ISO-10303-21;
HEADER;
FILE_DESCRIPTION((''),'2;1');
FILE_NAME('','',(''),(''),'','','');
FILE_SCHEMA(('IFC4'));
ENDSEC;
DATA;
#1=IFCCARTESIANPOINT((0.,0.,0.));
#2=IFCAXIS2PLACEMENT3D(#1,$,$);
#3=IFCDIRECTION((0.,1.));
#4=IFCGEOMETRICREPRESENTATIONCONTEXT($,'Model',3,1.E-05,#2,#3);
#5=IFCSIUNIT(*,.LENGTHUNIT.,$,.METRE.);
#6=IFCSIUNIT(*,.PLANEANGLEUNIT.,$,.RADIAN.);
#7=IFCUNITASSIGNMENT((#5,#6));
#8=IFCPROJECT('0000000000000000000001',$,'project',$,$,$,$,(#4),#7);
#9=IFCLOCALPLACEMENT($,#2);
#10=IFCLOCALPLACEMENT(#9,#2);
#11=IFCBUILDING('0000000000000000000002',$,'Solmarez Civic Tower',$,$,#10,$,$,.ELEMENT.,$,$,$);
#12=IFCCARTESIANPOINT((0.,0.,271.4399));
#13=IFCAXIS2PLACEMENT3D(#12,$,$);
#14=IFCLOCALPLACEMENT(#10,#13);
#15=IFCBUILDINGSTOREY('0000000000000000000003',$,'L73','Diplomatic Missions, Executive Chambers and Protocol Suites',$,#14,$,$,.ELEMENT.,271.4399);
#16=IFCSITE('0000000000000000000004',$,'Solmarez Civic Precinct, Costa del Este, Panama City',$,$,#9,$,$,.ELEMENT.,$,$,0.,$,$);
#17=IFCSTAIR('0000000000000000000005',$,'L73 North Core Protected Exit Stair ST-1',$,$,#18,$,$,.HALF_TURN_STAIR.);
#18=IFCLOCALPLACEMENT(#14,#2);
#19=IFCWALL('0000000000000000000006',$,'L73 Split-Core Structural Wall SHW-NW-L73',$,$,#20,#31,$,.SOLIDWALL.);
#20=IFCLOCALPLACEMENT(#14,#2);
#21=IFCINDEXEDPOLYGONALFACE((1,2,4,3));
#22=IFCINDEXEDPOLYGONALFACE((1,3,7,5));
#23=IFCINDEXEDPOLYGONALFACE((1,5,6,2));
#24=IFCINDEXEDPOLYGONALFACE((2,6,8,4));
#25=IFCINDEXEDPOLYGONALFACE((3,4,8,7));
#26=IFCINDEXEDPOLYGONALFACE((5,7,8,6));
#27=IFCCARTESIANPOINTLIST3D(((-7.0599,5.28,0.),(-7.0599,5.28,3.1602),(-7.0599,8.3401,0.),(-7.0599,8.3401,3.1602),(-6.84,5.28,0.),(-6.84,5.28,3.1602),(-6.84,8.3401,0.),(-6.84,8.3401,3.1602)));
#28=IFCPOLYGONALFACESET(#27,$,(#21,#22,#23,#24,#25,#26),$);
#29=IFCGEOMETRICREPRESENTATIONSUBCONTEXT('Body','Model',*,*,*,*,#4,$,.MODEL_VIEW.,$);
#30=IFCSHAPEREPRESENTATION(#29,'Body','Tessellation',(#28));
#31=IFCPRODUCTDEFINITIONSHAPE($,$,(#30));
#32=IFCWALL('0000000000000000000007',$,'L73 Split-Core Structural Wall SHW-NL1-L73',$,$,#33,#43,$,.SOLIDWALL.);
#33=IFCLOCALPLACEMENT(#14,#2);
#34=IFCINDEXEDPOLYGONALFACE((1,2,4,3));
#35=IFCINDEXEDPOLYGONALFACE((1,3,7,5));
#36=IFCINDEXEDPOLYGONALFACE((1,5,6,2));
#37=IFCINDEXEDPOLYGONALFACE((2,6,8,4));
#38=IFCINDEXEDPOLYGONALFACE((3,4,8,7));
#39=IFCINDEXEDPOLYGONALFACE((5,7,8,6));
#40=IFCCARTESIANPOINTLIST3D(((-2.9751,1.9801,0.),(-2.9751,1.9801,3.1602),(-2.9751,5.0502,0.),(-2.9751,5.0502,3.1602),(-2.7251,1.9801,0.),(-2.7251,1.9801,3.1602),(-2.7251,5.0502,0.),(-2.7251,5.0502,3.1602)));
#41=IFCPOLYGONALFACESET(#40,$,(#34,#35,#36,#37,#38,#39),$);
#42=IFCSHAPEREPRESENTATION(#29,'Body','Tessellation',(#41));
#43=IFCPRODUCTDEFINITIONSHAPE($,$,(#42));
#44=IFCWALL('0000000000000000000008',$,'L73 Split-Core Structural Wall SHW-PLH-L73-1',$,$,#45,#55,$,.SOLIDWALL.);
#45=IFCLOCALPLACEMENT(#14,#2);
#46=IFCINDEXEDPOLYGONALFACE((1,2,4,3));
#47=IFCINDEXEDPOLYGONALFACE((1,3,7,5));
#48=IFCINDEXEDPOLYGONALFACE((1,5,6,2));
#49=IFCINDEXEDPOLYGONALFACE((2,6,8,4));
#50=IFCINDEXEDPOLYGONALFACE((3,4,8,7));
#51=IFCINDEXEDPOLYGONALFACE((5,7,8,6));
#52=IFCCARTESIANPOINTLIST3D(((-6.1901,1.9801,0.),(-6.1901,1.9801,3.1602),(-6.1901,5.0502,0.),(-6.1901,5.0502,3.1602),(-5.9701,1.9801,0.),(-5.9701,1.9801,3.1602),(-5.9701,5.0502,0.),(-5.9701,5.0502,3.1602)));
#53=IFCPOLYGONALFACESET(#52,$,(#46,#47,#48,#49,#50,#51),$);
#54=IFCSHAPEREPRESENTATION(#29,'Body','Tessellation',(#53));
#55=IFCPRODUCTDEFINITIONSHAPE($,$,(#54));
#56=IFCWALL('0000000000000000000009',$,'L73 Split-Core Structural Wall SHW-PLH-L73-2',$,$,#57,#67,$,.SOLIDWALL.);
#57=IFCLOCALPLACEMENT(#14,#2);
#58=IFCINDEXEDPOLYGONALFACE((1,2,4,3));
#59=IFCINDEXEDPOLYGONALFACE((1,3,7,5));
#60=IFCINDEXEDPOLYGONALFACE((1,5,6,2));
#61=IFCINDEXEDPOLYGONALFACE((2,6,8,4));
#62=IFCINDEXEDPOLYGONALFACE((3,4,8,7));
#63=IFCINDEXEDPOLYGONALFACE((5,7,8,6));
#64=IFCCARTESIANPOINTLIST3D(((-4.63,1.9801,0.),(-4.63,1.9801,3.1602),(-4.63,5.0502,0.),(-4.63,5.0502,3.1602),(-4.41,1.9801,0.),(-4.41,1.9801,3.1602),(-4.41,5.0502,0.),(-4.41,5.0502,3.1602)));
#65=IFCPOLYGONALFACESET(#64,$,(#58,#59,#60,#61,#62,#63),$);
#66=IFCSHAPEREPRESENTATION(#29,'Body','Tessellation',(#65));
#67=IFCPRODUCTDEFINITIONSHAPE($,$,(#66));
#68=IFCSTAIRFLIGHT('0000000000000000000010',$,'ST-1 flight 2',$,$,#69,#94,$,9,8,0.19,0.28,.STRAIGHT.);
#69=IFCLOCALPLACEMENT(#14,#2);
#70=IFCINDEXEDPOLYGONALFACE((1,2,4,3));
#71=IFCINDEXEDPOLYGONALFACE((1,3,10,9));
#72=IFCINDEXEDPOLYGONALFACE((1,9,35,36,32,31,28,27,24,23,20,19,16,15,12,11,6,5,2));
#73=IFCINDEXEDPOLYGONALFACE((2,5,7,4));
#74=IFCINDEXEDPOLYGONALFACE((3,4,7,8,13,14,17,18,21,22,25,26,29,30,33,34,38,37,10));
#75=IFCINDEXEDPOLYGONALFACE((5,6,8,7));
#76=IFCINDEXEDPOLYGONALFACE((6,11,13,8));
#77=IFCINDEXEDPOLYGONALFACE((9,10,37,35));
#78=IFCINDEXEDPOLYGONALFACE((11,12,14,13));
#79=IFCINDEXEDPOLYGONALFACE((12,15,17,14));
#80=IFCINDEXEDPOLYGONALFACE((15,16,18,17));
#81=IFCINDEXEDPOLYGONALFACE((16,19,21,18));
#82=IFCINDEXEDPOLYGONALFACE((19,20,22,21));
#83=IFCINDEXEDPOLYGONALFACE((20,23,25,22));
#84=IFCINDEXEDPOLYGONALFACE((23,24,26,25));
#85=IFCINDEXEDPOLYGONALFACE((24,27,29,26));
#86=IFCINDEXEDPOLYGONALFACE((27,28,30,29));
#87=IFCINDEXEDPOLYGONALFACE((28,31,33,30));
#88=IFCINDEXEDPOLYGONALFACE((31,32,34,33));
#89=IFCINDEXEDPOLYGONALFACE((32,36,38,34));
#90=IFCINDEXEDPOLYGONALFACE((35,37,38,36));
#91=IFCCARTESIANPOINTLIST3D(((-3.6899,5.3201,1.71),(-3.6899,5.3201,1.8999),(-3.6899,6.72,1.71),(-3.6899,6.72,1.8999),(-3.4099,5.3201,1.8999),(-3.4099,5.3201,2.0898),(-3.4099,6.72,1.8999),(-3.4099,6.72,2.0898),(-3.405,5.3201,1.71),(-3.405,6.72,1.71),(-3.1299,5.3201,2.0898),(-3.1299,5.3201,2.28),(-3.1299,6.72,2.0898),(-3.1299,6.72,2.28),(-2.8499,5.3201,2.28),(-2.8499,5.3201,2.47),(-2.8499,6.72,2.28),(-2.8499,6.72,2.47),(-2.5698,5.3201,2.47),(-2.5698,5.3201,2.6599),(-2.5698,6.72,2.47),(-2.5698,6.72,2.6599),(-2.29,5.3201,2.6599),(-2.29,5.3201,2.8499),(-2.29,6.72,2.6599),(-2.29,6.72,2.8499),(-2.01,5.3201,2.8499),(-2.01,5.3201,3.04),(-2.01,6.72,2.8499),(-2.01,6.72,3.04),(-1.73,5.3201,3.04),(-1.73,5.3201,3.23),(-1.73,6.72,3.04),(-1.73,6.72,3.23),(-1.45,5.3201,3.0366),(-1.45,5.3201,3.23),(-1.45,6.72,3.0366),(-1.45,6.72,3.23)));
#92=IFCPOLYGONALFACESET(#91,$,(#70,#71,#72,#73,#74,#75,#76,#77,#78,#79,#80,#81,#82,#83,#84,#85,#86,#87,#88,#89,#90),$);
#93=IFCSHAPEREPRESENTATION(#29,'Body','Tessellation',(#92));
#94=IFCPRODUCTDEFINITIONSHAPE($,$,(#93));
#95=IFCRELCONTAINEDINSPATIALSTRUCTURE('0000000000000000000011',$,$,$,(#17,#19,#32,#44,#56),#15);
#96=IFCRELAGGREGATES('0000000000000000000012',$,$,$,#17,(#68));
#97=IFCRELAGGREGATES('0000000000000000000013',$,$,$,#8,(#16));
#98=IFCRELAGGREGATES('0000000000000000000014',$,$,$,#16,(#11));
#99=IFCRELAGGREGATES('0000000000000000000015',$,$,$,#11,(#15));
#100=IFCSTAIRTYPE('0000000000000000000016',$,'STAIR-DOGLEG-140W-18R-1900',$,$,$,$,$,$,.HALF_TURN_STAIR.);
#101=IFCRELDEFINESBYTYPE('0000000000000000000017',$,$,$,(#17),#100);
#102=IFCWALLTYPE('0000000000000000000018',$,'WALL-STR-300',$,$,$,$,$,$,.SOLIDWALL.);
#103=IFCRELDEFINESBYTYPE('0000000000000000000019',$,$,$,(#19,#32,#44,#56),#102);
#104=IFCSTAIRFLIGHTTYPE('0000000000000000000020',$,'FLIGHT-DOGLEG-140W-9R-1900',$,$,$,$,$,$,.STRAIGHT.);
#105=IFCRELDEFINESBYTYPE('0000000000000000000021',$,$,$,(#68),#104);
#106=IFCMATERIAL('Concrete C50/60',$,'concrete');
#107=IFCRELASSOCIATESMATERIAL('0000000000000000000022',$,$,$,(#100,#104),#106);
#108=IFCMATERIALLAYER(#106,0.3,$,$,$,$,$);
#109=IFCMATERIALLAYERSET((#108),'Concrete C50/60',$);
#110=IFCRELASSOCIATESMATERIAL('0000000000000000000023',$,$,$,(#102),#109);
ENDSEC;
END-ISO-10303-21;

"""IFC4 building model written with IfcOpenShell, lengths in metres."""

from ifc_helpers import new_model, si_unit, direction, frame, frame_2d, origin, place, context, subcontext, project, spatial, polyline, rectangle, outline, extrude, material, layer, layer_set, type_object, element, aggregate, save


model = new_model("IFC4")

# Units and contexts
model_context = context("Model", 3, precision=1e-05, world=origin(), true_north=direction((0.0, 1.0)))
body_context = subcontext(model_context, "Body", "Model", "MODEL_VIEW")
ifc_project = project(units=[si_unit("LENGTHUNIT", "METRE"), si_unit("PLANEANGLEUNIT", "RADIAN")], contexts=[model_context])

# Site, building, storey
site_placement = place(None, origin())
site = spatial("IfcSite", under=ifc_project, at=site_placement, Name="Solmarez Civic Precinct, Costa del Este, Panama City", CompositionType="ELEMENT", RefElevation=0.0)
building_placement = place(site_placement, origin())
building = spatial("IfcBuilding", under=site, at=building_placement, Name="Solmarez Civic Tower", CompositionType="ELEMENT")
storey_placement = place(building_placement, frame((0.0, 0.0, 271.4399)))
storey = spatial("IfcBuildingStorey", under=building, at=storey_placement, Name="L73", Description="Diplomatic Missions, Executive Chambers and Protocol Suites", CompositionType="ELEMENT", Elevation=271.4399)

# Shared definitions
ifc_material_1 = material(Name="Concrete C50/60", Category="concrete")

# Stair
stair_type = type_object("IfcStairType", Name="STAIR-DOGLEG-140W-18R-1900", PredefinedType="HALF_TURN_STAIR", material=ifc_material_1)
stair_1_placement = place(storey_placement, origin())
stair_1 = element("IfcStair", 1, at=stair_1_placement, inside=storey, type_object=stair_type, Name="L73 North Core Protected Exit Stair ST-1", PredefinedType="HALF_TURN_STAIR")

# Walls
ifc_layer_1 = layer(ifc_material_1, 0.3)
ifc_layer_set_1 = layer_set([ifc_layer_1], Name="Concrete C50/60")
wall_type_1 = type_object("IfcWallType", Name="WALL-STR-300", PredefinedType="SOLIDWALL", material=ifc_layer_set_1)
wall_1_placement = place(storey_placement, frame((-6.95, 5.28, 0.0), z_axis=(0.0, 0.0, 1.0), x_axis=(0.0, 1.0, 0.0)))
element("IfcWall", 2, at=wall_1_placement, inside=storey, type_object=wall_type_1, Name="L73 Split-Core Structural Wall SHW-NW-L73", PredefinedType="SOLIDWALL", context=body_context, shape_type="SweptSolid", body=[
    extrude(rectangle(XDim=3.0601, YDim=0.22, at=frame_2d((1.53, 0.0))), origin(), (0.0, 0.0, 1.0), 3.1602),
])
wall_2_placement = place(storey_placement, frame((-2.8501, 1.98, 0.0), z_axis=(0.0, 0.0, 1.0), x_axis=(0.0, 1.0, 0.0)))
element("IfcWall", 3, at=wall_2_placement, inside=storey, type_object=wall_type_1, Name="L73 Split-Core Structural Wall SHW-NL1-L73", PredefinedType="SOLIDWALL", context=body_context, shape_type="SweptSolid", body=[
    extrude(rectangle(XDim=3.0701, YDim=0.25, at=frame_2d((1.5352, 0.0))), origin(), (0.0, 0.0, 1.0), 3.1602),
])
for number, where, z_axis, x_axis, name in (
    (4, (-6.0801, 1.98, 0.0), (0.0, 0.0, 1.0), (0.0, 1.0, 0.0), "L73 Split-Core Structural Wall SHW-PLH-L73-1"),
    (5, (-4.52, 1.98, 0.0), (0.0, 0.0, 1.0), (0.0, 1.0, 0.0), "L73 Split-Core Structural Wall SHW-PLH-L73-2"),
):
    element("IfcWall", number, at=place(storey_placement, frame(where, z_axis=z_axis, x_axis=x_axis)), inside=storey, type_object=wall_type_1, Name=name, PredefinedType="SOLIDWALL", context=body_context, shape_type="SweptSolid", body=[
        extrude(rectangle(XDim=3.0701, YDim=0.22, at=frame_2d((1.5352, 0.0))), origin(), (0.0, 0.0, 1.0), 3.1602),
    ])

# Stair flight
stair_flight_type = type_object("IfcStairFlightType", Name="FLIGHT-DOGLEG-140W-9R-1900", PredefinedType="STRAIGHT", material=ifc_material_1)
stair_flight_placement = place(storey_placement, frame((-3.6899, 6.02, 1.71), z_axis=(0.0, 0.0, 1.0), x_axis=(1.0, 0.0, 0.0)))
stair_flight = element("IfcStairFlight", 6, at=stair_flight_placement, type_object=stair_flight_type, Name="ST-1 flight 2", NumberOfRisers=9, NumberOfTreads=8, PredefinedType="STRAIGHT", RiserHeight=0.19, TreadLength=0.28, context=body_context, shape_type="SweptSolid", body=[
    extrude(outline(polyline([(0.0, 0.0), (0.0, 0.1899), (0.28, 0.1899), (0.28, 0.3799), (0.5601, 0.3799), (0.5601, 0.5701), (0.8401, 0.5701), (0.8401, 0.76), (1.1201, 0.76), (1.1201, 0.95), (1.3999, 0.95), (1.3999, 1.1399), (1.6799, 1.1399), (1.6799, 1.3301), (1.96, 1.3301), (1.96, 1.52), (2.24, 1.52), (2.24, 1.71), (2.24, 1.3267), (0.2849, 0.0), (0.0, 0.0)])), frame((0.0, 0.7, 0.0), z_axis=(0.0, -1.0, 0.0), x_axis=(1.0, 0.0, 0.0)), (0.0, 0.0, 1.0), 1.3999),
])
aggregate(stair_1, [stair_flight])

save(model, "model.ifc")
